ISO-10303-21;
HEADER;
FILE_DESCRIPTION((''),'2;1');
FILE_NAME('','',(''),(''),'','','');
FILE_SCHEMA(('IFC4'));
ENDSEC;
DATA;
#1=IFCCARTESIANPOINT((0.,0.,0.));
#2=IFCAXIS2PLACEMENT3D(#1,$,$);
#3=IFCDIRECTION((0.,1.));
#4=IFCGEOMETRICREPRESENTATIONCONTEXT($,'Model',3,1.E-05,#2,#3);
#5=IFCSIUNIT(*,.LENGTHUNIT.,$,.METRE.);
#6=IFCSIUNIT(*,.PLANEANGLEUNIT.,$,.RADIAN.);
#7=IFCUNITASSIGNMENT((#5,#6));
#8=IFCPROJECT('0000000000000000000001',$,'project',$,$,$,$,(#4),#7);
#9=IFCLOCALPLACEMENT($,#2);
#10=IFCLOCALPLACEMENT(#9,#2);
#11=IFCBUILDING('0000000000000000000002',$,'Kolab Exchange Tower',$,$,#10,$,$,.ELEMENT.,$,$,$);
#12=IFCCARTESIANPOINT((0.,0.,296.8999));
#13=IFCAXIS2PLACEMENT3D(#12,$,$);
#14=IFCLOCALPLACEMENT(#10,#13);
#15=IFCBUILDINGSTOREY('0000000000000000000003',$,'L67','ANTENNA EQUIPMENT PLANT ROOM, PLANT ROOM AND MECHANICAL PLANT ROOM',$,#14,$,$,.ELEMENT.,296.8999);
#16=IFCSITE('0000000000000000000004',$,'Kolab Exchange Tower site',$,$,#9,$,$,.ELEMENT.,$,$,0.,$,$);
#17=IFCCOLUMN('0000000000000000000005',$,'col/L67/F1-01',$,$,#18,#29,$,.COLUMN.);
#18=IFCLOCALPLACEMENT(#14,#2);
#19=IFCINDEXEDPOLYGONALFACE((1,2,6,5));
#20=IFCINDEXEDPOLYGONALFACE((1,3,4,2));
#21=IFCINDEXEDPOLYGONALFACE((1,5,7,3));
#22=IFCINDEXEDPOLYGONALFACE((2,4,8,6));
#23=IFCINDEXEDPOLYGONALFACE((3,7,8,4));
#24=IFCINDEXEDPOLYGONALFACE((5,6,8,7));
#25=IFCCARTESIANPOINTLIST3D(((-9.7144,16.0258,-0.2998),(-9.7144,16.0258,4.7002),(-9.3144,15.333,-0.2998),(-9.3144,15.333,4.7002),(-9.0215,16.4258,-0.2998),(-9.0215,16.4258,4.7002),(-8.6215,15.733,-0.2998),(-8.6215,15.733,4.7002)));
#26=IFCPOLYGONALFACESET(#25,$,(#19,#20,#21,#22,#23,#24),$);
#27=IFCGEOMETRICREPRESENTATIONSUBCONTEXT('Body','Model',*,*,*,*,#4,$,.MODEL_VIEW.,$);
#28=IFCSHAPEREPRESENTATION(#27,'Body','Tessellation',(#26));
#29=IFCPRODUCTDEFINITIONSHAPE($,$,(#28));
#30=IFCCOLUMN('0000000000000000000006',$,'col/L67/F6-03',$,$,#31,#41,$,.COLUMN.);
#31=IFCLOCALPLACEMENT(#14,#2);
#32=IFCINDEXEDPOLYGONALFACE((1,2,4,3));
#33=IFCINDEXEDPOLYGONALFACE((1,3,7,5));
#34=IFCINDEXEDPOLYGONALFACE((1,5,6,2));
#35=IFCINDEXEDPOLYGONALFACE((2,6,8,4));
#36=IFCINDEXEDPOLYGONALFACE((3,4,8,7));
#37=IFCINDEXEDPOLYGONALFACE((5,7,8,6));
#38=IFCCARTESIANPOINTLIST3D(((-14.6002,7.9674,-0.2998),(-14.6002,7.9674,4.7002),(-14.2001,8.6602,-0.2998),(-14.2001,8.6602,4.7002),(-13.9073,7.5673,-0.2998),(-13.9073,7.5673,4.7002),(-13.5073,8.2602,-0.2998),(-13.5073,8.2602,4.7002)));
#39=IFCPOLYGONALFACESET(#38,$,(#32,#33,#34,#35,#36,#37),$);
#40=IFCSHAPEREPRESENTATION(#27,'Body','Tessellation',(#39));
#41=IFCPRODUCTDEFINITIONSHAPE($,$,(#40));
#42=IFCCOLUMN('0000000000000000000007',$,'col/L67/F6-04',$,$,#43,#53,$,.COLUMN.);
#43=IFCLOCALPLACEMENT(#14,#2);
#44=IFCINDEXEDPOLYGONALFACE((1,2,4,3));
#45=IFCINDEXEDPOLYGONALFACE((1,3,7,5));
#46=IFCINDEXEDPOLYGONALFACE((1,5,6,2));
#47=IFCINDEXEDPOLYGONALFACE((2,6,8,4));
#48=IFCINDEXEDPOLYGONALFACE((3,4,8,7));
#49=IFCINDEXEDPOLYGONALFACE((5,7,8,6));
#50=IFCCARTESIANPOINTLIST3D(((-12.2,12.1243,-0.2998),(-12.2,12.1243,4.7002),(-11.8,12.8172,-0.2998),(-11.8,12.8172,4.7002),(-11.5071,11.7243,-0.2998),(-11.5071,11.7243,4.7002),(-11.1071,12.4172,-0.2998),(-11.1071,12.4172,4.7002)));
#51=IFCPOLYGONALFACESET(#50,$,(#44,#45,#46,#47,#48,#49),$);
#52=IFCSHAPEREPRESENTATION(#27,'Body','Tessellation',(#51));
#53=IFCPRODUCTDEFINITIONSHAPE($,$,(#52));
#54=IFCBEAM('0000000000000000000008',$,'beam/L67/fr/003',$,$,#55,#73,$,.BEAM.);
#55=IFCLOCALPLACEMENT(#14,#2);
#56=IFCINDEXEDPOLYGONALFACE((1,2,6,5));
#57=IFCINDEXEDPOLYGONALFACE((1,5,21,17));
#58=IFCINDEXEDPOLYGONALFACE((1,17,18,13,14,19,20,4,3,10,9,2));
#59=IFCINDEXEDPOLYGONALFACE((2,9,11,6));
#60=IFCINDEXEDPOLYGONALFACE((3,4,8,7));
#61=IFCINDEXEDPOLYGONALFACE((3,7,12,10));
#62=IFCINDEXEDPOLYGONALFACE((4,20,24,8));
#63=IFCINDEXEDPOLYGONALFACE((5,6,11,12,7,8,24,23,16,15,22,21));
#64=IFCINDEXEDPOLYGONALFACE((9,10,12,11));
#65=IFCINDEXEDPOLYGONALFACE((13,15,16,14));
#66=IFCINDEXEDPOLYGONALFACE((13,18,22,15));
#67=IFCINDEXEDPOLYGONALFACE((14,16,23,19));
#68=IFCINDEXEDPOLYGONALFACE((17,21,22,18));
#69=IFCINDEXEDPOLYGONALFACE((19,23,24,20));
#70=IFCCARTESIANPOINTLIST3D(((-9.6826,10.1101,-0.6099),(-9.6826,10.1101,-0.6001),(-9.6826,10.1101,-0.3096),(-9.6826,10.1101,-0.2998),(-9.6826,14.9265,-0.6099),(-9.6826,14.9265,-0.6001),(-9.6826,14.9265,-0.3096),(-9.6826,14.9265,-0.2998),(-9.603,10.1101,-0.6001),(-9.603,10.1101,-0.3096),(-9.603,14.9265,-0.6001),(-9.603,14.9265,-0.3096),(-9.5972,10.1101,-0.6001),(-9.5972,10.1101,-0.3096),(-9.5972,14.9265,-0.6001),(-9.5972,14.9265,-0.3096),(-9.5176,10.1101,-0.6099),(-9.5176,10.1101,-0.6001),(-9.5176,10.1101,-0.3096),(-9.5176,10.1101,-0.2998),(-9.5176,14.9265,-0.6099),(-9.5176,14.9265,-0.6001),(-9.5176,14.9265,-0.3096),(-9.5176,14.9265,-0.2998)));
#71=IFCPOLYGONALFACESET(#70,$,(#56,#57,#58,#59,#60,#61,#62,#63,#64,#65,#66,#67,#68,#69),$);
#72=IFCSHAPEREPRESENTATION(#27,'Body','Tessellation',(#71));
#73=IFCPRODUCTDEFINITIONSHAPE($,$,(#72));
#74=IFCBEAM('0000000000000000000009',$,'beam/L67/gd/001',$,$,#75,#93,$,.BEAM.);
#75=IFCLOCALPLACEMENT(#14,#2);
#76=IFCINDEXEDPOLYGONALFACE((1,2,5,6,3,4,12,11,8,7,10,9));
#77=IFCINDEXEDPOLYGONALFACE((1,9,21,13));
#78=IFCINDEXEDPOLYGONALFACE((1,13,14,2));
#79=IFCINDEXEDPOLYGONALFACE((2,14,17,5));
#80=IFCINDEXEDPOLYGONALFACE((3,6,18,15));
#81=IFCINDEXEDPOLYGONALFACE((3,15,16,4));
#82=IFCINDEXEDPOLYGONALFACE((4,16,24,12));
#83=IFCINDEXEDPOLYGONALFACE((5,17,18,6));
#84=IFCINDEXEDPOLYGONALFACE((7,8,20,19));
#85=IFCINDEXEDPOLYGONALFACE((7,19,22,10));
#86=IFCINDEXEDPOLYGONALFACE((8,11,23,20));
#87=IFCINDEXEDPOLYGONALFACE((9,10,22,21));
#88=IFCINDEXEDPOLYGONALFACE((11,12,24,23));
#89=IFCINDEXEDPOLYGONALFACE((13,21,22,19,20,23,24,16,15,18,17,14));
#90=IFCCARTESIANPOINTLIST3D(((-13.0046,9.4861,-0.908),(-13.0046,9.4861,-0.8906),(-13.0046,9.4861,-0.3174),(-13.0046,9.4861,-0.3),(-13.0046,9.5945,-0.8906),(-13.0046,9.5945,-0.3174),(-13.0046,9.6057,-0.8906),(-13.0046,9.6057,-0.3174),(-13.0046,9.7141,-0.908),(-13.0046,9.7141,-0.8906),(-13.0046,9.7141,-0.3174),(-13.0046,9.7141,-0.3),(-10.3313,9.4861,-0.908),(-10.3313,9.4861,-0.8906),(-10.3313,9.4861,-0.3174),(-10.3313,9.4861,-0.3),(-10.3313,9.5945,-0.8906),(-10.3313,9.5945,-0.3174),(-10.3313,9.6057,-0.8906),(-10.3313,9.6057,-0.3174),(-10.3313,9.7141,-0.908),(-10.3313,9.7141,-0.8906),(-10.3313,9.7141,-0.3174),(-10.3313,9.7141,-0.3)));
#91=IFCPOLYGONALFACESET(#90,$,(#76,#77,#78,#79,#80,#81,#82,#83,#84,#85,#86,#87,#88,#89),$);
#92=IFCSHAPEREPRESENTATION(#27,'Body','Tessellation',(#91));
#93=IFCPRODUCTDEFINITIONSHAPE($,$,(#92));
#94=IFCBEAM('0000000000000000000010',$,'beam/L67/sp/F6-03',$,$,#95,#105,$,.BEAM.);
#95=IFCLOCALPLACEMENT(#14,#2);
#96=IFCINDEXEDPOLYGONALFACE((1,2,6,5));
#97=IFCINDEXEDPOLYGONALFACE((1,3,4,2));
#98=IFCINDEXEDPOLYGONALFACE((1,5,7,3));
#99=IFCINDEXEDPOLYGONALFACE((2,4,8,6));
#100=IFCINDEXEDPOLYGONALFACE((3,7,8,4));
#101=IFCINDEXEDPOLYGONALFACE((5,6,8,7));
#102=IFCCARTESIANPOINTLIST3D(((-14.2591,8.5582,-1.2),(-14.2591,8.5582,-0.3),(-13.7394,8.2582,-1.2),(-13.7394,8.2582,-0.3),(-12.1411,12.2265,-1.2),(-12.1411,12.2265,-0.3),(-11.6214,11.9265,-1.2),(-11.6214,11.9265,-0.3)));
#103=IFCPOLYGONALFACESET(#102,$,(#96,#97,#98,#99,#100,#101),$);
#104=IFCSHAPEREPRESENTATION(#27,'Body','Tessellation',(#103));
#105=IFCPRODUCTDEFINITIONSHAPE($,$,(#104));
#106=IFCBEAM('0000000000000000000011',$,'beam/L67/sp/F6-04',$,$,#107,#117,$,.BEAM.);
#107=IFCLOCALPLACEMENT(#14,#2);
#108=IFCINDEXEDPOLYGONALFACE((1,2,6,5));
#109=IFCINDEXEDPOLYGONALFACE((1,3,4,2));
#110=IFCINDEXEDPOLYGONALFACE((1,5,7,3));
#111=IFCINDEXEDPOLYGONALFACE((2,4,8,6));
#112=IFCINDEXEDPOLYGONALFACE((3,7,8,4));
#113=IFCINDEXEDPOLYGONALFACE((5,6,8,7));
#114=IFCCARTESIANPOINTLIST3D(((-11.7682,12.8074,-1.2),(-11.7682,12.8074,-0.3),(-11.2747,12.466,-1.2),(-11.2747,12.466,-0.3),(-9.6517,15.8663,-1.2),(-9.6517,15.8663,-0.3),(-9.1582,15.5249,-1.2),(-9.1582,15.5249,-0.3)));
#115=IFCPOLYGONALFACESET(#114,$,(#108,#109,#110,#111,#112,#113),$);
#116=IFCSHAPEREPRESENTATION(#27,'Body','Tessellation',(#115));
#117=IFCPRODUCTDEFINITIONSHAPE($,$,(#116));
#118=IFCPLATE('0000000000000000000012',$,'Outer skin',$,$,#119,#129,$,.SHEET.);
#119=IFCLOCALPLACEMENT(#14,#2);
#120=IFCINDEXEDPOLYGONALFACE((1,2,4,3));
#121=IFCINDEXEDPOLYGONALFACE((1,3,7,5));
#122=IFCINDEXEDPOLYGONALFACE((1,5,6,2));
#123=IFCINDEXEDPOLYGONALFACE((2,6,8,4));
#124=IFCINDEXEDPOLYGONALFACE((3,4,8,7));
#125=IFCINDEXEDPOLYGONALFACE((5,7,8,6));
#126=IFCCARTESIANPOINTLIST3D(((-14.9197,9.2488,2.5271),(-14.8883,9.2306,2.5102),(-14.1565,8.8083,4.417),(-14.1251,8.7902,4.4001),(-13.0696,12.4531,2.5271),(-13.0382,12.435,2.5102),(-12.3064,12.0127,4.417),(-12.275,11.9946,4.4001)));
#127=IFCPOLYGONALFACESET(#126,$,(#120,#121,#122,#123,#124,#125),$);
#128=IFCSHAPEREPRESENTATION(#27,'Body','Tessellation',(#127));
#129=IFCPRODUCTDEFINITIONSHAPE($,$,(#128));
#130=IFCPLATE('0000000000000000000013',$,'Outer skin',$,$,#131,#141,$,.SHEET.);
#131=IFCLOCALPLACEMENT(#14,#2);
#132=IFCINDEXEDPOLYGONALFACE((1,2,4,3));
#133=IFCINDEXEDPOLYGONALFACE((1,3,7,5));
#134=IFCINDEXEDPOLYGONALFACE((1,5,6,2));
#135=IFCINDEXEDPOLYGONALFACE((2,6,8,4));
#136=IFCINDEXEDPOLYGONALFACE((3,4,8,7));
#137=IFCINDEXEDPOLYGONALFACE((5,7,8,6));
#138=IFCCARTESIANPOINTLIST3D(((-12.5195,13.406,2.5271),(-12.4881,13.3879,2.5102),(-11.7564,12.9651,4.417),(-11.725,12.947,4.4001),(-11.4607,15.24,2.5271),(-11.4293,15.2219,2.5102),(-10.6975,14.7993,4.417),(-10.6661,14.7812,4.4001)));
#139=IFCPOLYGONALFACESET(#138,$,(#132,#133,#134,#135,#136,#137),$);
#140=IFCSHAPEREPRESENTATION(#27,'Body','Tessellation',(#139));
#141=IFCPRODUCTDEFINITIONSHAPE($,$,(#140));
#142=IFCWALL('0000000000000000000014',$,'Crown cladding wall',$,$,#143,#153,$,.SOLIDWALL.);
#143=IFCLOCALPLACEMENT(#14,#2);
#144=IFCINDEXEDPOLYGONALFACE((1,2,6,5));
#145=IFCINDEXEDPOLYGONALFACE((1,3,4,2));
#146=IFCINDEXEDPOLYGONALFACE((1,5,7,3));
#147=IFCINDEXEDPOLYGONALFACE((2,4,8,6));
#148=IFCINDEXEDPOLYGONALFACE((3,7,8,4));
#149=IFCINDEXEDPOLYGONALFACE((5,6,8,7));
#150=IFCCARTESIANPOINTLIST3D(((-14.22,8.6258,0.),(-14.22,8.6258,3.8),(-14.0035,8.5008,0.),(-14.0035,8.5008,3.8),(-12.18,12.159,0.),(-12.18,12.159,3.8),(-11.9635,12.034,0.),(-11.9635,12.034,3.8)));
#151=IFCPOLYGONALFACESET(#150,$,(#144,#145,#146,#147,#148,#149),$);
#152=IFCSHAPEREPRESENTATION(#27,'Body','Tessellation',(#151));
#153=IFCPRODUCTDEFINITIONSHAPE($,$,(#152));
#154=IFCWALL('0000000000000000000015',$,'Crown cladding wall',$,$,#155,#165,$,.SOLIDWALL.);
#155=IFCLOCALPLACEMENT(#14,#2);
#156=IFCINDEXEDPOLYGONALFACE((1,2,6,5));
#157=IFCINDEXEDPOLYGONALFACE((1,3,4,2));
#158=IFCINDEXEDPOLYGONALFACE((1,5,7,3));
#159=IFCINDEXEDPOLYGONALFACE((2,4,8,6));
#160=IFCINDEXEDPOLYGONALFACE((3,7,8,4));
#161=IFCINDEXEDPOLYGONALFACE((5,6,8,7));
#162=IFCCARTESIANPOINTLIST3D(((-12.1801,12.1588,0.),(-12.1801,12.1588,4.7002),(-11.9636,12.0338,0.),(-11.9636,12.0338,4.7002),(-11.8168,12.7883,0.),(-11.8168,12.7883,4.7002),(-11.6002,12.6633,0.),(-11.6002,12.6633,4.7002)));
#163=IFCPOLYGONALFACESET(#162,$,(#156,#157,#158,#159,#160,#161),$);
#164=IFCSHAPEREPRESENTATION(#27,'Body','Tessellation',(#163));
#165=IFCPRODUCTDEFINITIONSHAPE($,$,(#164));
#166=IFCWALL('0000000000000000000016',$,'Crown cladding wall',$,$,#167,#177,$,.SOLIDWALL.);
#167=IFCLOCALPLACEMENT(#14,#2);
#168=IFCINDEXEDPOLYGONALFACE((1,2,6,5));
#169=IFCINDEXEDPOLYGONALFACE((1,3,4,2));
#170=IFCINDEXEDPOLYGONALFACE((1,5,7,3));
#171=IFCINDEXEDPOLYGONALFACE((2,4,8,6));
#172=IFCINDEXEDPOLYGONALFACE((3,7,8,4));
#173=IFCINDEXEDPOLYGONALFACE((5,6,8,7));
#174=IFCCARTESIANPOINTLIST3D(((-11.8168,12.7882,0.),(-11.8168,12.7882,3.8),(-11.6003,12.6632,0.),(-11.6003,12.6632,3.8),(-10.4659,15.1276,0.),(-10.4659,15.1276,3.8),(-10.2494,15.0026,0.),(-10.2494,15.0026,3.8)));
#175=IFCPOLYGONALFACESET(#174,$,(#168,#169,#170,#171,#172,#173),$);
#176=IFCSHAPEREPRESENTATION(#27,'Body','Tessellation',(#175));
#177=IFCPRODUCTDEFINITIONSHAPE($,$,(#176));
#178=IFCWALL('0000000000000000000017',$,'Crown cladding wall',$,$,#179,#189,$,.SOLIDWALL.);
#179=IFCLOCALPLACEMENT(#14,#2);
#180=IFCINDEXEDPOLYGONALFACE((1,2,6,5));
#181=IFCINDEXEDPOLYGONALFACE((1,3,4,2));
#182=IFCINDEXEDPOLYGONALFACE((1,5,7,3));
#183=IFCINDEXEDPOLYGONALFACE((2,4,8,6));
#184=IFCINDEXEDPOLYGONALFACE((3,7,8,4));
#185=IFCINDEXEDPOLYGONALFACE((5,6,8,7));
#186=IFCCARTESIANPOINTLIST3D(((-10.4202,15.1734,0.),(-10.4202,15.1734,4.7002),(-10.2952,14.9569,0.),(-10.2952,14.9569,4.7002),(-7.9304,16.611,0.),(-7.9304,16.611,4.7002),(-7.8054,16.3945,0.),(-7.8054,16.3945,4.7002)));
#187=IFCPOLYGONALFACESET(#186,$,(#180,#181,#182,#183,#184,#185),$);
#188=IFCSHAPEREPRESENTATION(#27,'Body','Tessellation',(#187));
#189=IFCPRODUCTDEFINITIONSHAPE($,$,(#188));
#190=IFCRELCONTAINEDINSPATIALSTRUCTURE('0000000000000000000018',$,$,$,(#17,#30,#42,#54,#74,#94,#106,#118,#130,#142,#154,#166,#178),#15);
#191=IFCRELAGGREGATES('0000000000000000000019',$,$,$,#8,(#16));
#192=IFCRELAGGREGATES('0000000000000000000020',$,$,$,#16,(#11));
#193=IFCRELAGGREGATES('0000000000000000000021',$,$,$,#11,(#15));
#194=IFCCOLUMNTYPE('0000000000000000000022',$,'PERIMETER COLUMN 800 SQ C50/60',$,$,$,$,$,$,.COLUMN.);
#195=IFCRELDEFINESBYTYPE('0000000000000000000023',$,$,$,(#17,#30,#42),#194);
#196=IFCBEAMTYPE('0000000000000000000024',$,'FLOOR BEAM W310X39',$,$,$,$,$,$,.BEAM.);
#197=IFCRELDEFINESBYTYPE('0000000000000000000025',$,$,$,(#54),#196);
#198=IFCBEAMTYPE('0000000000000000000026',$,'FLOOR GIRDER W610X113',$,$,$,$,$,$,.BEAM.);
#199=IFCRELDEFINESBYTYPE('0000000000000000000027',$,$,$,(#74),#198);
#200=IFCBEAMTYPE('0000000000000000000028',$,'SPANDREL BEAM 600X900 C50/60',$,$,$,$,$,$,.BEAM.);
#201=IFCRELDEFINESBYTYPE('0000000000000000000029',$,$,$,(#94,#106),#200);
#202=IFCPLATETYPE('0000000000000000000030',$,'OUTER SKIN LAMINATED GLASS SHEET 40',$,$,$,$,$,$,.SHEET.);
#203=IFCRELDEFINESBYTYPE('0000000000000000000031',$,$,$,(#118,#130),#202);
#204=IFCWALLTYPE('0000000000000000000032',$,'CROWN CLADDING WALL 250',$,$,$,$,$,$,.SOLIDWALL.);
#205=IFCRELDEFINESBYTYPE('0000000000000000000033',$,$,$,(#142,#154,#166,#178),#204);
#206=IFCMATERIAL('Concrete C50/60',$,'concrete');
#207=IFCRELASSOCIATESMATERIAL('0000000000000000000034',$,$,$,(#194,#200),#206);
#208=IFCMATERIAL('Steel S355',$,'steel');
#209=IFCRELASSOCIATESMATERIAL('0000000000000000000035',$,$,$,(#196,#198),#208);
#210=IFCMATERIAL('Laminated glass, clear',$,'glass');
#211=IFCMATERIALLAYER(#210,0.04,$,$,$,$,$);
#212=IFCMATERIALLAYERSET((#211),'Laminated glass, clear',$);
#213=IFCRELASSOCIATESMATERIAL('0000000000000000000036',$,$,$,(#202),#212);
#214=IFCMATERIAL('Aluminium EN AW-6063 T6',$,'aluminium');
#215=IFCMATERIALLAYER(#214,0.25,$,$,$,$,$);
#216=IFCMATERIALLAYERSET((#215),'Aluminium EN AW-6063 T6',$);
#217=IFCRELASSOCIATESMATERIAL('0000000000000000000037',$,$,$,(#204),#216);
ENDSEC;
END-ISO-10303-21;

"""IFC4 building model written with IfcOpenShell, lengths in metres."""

from ifc_helpers import new_model, si_unit, direction, frame, frame_2d, origin, origin_2d, place, context, subcontext, project, spatial, polyline, rectangle, i_section, outline, extrude, material, layer, layer_set, material_profile, profile_set, type_object, element, save


model = new_model("IFC4")

# Units and contexts
model_context = context("Model", 3, precision=1e-05, world=origin(), true_north=direction((0.0, 1.0)))
body_context = subcontext(model_context, "Body", "Model", "MODEL_VIEW")
ifc_project = project(units=[si_unit("LENGTHUNIT", "METRE"), si_unit("PLANEANGLEUNIT", "RADIAN")], contexts=[model_context])

# Site, building, storey
site_placement = place(None, origin())
site = spatial("IfcSite", under=ifc_project, at=site_placement, Name="Kolab Exchange Tower site", CompositionType="ELEMENT", RefElevation=0.0)
building_placement = place(site_placement, origin())
building = spatial("IfcBuilding", under=site, at=building_placement, Name="Kolab Exchange Tower", CompositionType="ELEMENT")
storey_placement = place(building_placement, frame((0.0, 0.0, 296.8999)))
storey = spatial("IfcBuildingStorey", under=building, at=storey_placement, Name="L67", Description="ANTENNA EQUIPMENT PLANT ROOM, PLANT ROOM AND MECHANICAL PLANT ROOM", CompositionType="ELEMENT", Elevation=296.8999)

# Columns
ifc_material_1 = material(Name="Concrete C50/60", Category="concrete")
ifc_material_profile_1 = material_profile(ifc_material_1, rectangle(XDim=0.8, YDim=0.8, at=origin_2d()), Name="RC800")
ifc_profile_set_1 = profile_set([ifc_material_profile_1], Name="Concrete C50/60")
column_type = type_object("IfcColumnType", Name="PERIMETER COLUMN 800 SQ C50/60", PredefinedType="COLUMN", material=ifc_profile_set_1)
for number, where, z_axis, x_axis, name in (
    (1, (-9.168, 15.8794, -0.2998), (0.0, 0.0, 1.0), (0.866025, 0.5, 0.0), "col/L67/F1-01"),
    (2, (-14.0537, 8.1138, -0.2998), (0.0, 0.0, 1.0), (0.5, 0.866025, 0.0), "col/L67/F6-03"),
    (3, (-11.6536, 12.2708, -0.2998), (0.0, 0.0, 1.0), (0.5, 0.866025, 0.0), "col/L67/F6-04"),
):
    element("IfcColumn", number, at=place(storey_placement, frame(where, z_axis=z_axis, x_axis=x_axis)), inside=storey, type_object=column_type, Name=name, PredefinedType="COLUMN", context=body_context, shape_type="SweptSolid", body=[
        extrude(rectangle(XDim=0.8, YDim=0.8, at=origin_2d()), origin(), (0.0, 0.0, 1.0), 5.0),
    ])

# Beams
ifc_material_2 = material(Name="Steel S355", Category="steel")
ifc_material_profile_2 = material_profile(ifc_material_2, i_section(OverallWidth=0.165, OverallDepth=0.3101, WebThickness=0.0059, FlangeThickness=0.0098, at=origin_2d()), Name="W310X39")
ifc_profile_set_2 = profile_set([ifc_material_profile_2], Name="Steel S355")
beam_type_1 = type_object("IfcBeamType", Name="FLOOR BEAM W310X39", PredefinedType="BEAM", material=ifc_profile_set_2)
beam_1_placement = place(storey_placement, frame((-9.6001, 10.1101, -0.4548), z_axis=(0.0, 1.0, 0.0), x_axis=(-1.0, 0.0, 0.0)))
element("IfcBeam", 4, at=beam_1_placement, inside=storey, type_object=beam_type_1, Name="beam/L67/fr/003", PredefinedType="BEAM", context=body_context, shape_type="SweptSolid", body=[
    extrude(i_section(OverallWidth=0.165, OverallDepth=0.3101, WebThickness=0.0059, FlangeThickness=0.0098, at=origin_2d()), origin(), (0.0, 0.0, 1.0), 4.8164),
])
ifc_material_profile_3 = material_profile(ifc_material_2, i_section(OverallWidth=0.228, OverallDepth=0.6079, WebThickness=0.0112, FlangeThickness=0.0173, at=origin_2d()), Name="W610X113")
ifc_profile_set_3 = profile_set([ifc_material_profile_3], Name="Steel S355")
beam_type_2 = type_object("IfcBeamType", Name="FLOOR GIRDER W610X113", PredefinedType="BEAM", material=ifc_profile_set_3)
beam_2_placement = place(storey_placement, frame((-13.0046, 9.6001, -0.604), z_axis=(1.0, 0.0, 0.0), x_axis=(0.0, 1.0, 0.0)))
element("IfcBeam", 5, at=beam_2_placement, inside=storey, type_object=beam_type_2, Name="beam/L67/gd/001", PredefinedType="BEAM", context=body_context, shape_type="SweptSolid", body=[
    extrude(i_section(OverallWidth=0.228, OverallDepth=0.6079, WebThickness=0.0112, FlangeThickness=0.0173, at=origin_2d()), origin(), (0.0, 0.0, 1.0), 2.6733),
])
ifc_material_profile_4 = material_profile(ifc_material_1, rectangle(XDim=0.6001, YDim=0.8999, at=origin_2d()), Name="RC600X900")
ifc_profile_set_4 = profile_set([ifc_material_profile_4], Name="Concrete C50/60")
beam_type_3 = type_object("IfcBeamType", Name="SPANDREL BEAM 600X900 C50/60", PredefinedType="BEAM", material=ifc_profile_set_4)
beam_3_placement = place(storey_placement, frame((-13.9993, 8.4082, -0.75), z_axis=(0.500013, 0.866018, 0.0), x_axis=(-0.866018, 0.500013, 0.0)))
element("IfcBeam", 6, at=beam_3_placement, inside=storey, type_object=beam_type_3, Name="beam/L67/sp/F6-03", PredefinedType="BEAM", context=body_context, shape_type="SweptSolid", body=[
    extrude(rectangle(XDim=0.6001, YDim=0.8999, at=origin_2d()), origin(), (0.0, 0.0, 1.0), 4.2358),
])
beam_4_placement = place(storey_placement, frame((-11.5215, 12.6367, -0.75), z_axis=(0.568992, 0.822343, 0.0), x_axis=(-0.822343, 0.568992, 0.0)))
element("IfcBeam", 7, at=beam_4_placement, inside=storey, type_object=beam_type_3, Name="beam/L67/sp/F6-04", PredefinedType="BEAM", context=body_context, shape_type="SweptSolid", body=[
    extrude(rectangle(XDim=0.6001, YDim=0.8999, at=origin_2d()), origin(), (0.0, 0.0, 1.0), 3.7197),
])

# Plates
ifc_material_3 = material(Name="Laminated glass, clear", Category="glass")
ifc_layer_1 = layer(ifc_material_3, 0.04)
ifc_layer_set_1 = layer_set([ifc_layer_1], Name="Laminated glass, clear")
plate_type = type_object("IfcPlateType", Name="OUTER SKIN LAMINATED GLASS SHEET 40", PredefinedType="SHEET", material=ifc_layer_set_1)
plate_1_placement = place(storey_placement, frame((-14.9197, 9.2488, 2.5271), z_axis=(-0.784897, 0.453177, 0.422571), x_axis=(0.500014, 0.866017, 0.0)))
element("IfcPlate", 8, at=plate_1_placement, inside=storey, type_object=plate_type, Name="Outer skin", PredefinedType="SHEET", context=body_context, shape_type="SweptSolid", body=[
    extrude(outline(polyline([(0.0, 0.0), (3.7001, 0.0), (3.7003, -2.0852), (0.0002, -2.0852), (0.0, 0.0)])), origin(), (0.0, 0.0, -1.0), 0.04),
])
plate_2_placement = place(storey_placement, frame((-12.5195, 13.406, 2.5271), z_axis=(-0.784891, 0.453121, 0.422643), x_axis=(0.499975, 0.86604, 0.000011)))
element("IfcPlate", 9, at=plate_2_placement, inside=storey, type_object=plate_type, Name="Outer skin", PredefinedType="SHEET", context=body_context, shape_type="SweptSolid", body=[
    extrude(outline(polyline([(0.0, 0.0), (2.1177, 0.0), (2.1176, -2.0853), (-0.0003, -2.0853), (0.0, 0.0)])), origin(), (0.0, 0.0, -1.0), 0.04),
])

# Walls
ifc_material_4 = material(Name="Aluminium EN AW-6063 T6", Category="aluminium")
ifc_layer_2 = layer(ifc_material_4, 0.25)
ifc_layer_set_2 = layer_set([ifc_layer_2], Name="Aluminium EN AW-6063 T6")
wall_type_1 = type_object("IfcWallType", Name="CROWN CLADDING WALL 250", PredefinedType="SOLIDWALL", material=ifc_layer_set_2)
wall_1_placement = place(storey_placement, frame((-14.1118, 8.5632, 0.0), z_axis=(0.0, 0.0, 1.0), x_axis=(0.500026, 0.86601, 0.0)))
element("IfcWall", 10, at=wall_1_placement, inside=storey, type_object=wall_type_1, Name="Crown cladding wall", PredefinedType="SOLIDWALL", context=body_context, shape_type="SweptSolid", body=[
    extrude(rectangle(XDim=4.0798, YDim=0.25, at=frame_2d((2.04, 0.0))), origin(), (0.0, 0.0, 1.0), 3.8),
])
wall_2_placement = place(storey_placement, frame((-12.0718, 12.0964, 0.0), z_axis=(0.0, 0.0, 1.0), x_axis=(0.499897, 0.866085, 0.0)))
element("IfcWall", 11, at=wall_2_placement, inside=storey, type_object=wall_type_1, Name="Crown cladding wall", PredefinedType="SOLIDWALL", context=body_context, shape_type="SweptSolid", body=[
    extrude(rectangle(XDim=0.7268, YDim=0.25, at=frame_2d((0.3633, 0.0))), origin(), (0.0, 0.0, 1.0), 4.7002),
])
wall_3_placement = place(storey_placement, frame((-11.7085, 12.7258, 0.0), z_axis=(0.0, 0.0, 1.0), x_axis=(0.500056, 0.865993, 0.0)))
element("IfcWall", 12, at=wall_3_placement, inside=storey, type_object=wall_type_1, Name="Crown cladding wall", PredefinedType="SOLIDWALL", context=body_context, shape_type="SweptSolid", body=[
    extrude(rectangle(XDim=2.7014, YDim=0.25, at=frame_2d((1.3506, 0.0))), origin(), (0.0, 0.0, 1.0), 3.8),
])
wall_4_placement = place(storey_placement, frame((-10.3577, 15.0652, 0.0), z_axis=(0.0, 0.0, 1.0), x_axis=(0.866019, 0.500012, 0.0)))
element("IfcWall", 13, at=wall_4_placement, inside=storey, type_object=wall_type_1, Name="Crown cladding wall", PredefinedType="SOLIDWALL", context=body_context, shape_type="SweptSolid", body=[
    extrude(rectangle(XDim=2.875, YDim=0.25, at=frame_2d((1.4375, 0.0))), origin(), (0.0, 0.0, 1.0), 4.7002),
])

save(model, "model.ifc")
